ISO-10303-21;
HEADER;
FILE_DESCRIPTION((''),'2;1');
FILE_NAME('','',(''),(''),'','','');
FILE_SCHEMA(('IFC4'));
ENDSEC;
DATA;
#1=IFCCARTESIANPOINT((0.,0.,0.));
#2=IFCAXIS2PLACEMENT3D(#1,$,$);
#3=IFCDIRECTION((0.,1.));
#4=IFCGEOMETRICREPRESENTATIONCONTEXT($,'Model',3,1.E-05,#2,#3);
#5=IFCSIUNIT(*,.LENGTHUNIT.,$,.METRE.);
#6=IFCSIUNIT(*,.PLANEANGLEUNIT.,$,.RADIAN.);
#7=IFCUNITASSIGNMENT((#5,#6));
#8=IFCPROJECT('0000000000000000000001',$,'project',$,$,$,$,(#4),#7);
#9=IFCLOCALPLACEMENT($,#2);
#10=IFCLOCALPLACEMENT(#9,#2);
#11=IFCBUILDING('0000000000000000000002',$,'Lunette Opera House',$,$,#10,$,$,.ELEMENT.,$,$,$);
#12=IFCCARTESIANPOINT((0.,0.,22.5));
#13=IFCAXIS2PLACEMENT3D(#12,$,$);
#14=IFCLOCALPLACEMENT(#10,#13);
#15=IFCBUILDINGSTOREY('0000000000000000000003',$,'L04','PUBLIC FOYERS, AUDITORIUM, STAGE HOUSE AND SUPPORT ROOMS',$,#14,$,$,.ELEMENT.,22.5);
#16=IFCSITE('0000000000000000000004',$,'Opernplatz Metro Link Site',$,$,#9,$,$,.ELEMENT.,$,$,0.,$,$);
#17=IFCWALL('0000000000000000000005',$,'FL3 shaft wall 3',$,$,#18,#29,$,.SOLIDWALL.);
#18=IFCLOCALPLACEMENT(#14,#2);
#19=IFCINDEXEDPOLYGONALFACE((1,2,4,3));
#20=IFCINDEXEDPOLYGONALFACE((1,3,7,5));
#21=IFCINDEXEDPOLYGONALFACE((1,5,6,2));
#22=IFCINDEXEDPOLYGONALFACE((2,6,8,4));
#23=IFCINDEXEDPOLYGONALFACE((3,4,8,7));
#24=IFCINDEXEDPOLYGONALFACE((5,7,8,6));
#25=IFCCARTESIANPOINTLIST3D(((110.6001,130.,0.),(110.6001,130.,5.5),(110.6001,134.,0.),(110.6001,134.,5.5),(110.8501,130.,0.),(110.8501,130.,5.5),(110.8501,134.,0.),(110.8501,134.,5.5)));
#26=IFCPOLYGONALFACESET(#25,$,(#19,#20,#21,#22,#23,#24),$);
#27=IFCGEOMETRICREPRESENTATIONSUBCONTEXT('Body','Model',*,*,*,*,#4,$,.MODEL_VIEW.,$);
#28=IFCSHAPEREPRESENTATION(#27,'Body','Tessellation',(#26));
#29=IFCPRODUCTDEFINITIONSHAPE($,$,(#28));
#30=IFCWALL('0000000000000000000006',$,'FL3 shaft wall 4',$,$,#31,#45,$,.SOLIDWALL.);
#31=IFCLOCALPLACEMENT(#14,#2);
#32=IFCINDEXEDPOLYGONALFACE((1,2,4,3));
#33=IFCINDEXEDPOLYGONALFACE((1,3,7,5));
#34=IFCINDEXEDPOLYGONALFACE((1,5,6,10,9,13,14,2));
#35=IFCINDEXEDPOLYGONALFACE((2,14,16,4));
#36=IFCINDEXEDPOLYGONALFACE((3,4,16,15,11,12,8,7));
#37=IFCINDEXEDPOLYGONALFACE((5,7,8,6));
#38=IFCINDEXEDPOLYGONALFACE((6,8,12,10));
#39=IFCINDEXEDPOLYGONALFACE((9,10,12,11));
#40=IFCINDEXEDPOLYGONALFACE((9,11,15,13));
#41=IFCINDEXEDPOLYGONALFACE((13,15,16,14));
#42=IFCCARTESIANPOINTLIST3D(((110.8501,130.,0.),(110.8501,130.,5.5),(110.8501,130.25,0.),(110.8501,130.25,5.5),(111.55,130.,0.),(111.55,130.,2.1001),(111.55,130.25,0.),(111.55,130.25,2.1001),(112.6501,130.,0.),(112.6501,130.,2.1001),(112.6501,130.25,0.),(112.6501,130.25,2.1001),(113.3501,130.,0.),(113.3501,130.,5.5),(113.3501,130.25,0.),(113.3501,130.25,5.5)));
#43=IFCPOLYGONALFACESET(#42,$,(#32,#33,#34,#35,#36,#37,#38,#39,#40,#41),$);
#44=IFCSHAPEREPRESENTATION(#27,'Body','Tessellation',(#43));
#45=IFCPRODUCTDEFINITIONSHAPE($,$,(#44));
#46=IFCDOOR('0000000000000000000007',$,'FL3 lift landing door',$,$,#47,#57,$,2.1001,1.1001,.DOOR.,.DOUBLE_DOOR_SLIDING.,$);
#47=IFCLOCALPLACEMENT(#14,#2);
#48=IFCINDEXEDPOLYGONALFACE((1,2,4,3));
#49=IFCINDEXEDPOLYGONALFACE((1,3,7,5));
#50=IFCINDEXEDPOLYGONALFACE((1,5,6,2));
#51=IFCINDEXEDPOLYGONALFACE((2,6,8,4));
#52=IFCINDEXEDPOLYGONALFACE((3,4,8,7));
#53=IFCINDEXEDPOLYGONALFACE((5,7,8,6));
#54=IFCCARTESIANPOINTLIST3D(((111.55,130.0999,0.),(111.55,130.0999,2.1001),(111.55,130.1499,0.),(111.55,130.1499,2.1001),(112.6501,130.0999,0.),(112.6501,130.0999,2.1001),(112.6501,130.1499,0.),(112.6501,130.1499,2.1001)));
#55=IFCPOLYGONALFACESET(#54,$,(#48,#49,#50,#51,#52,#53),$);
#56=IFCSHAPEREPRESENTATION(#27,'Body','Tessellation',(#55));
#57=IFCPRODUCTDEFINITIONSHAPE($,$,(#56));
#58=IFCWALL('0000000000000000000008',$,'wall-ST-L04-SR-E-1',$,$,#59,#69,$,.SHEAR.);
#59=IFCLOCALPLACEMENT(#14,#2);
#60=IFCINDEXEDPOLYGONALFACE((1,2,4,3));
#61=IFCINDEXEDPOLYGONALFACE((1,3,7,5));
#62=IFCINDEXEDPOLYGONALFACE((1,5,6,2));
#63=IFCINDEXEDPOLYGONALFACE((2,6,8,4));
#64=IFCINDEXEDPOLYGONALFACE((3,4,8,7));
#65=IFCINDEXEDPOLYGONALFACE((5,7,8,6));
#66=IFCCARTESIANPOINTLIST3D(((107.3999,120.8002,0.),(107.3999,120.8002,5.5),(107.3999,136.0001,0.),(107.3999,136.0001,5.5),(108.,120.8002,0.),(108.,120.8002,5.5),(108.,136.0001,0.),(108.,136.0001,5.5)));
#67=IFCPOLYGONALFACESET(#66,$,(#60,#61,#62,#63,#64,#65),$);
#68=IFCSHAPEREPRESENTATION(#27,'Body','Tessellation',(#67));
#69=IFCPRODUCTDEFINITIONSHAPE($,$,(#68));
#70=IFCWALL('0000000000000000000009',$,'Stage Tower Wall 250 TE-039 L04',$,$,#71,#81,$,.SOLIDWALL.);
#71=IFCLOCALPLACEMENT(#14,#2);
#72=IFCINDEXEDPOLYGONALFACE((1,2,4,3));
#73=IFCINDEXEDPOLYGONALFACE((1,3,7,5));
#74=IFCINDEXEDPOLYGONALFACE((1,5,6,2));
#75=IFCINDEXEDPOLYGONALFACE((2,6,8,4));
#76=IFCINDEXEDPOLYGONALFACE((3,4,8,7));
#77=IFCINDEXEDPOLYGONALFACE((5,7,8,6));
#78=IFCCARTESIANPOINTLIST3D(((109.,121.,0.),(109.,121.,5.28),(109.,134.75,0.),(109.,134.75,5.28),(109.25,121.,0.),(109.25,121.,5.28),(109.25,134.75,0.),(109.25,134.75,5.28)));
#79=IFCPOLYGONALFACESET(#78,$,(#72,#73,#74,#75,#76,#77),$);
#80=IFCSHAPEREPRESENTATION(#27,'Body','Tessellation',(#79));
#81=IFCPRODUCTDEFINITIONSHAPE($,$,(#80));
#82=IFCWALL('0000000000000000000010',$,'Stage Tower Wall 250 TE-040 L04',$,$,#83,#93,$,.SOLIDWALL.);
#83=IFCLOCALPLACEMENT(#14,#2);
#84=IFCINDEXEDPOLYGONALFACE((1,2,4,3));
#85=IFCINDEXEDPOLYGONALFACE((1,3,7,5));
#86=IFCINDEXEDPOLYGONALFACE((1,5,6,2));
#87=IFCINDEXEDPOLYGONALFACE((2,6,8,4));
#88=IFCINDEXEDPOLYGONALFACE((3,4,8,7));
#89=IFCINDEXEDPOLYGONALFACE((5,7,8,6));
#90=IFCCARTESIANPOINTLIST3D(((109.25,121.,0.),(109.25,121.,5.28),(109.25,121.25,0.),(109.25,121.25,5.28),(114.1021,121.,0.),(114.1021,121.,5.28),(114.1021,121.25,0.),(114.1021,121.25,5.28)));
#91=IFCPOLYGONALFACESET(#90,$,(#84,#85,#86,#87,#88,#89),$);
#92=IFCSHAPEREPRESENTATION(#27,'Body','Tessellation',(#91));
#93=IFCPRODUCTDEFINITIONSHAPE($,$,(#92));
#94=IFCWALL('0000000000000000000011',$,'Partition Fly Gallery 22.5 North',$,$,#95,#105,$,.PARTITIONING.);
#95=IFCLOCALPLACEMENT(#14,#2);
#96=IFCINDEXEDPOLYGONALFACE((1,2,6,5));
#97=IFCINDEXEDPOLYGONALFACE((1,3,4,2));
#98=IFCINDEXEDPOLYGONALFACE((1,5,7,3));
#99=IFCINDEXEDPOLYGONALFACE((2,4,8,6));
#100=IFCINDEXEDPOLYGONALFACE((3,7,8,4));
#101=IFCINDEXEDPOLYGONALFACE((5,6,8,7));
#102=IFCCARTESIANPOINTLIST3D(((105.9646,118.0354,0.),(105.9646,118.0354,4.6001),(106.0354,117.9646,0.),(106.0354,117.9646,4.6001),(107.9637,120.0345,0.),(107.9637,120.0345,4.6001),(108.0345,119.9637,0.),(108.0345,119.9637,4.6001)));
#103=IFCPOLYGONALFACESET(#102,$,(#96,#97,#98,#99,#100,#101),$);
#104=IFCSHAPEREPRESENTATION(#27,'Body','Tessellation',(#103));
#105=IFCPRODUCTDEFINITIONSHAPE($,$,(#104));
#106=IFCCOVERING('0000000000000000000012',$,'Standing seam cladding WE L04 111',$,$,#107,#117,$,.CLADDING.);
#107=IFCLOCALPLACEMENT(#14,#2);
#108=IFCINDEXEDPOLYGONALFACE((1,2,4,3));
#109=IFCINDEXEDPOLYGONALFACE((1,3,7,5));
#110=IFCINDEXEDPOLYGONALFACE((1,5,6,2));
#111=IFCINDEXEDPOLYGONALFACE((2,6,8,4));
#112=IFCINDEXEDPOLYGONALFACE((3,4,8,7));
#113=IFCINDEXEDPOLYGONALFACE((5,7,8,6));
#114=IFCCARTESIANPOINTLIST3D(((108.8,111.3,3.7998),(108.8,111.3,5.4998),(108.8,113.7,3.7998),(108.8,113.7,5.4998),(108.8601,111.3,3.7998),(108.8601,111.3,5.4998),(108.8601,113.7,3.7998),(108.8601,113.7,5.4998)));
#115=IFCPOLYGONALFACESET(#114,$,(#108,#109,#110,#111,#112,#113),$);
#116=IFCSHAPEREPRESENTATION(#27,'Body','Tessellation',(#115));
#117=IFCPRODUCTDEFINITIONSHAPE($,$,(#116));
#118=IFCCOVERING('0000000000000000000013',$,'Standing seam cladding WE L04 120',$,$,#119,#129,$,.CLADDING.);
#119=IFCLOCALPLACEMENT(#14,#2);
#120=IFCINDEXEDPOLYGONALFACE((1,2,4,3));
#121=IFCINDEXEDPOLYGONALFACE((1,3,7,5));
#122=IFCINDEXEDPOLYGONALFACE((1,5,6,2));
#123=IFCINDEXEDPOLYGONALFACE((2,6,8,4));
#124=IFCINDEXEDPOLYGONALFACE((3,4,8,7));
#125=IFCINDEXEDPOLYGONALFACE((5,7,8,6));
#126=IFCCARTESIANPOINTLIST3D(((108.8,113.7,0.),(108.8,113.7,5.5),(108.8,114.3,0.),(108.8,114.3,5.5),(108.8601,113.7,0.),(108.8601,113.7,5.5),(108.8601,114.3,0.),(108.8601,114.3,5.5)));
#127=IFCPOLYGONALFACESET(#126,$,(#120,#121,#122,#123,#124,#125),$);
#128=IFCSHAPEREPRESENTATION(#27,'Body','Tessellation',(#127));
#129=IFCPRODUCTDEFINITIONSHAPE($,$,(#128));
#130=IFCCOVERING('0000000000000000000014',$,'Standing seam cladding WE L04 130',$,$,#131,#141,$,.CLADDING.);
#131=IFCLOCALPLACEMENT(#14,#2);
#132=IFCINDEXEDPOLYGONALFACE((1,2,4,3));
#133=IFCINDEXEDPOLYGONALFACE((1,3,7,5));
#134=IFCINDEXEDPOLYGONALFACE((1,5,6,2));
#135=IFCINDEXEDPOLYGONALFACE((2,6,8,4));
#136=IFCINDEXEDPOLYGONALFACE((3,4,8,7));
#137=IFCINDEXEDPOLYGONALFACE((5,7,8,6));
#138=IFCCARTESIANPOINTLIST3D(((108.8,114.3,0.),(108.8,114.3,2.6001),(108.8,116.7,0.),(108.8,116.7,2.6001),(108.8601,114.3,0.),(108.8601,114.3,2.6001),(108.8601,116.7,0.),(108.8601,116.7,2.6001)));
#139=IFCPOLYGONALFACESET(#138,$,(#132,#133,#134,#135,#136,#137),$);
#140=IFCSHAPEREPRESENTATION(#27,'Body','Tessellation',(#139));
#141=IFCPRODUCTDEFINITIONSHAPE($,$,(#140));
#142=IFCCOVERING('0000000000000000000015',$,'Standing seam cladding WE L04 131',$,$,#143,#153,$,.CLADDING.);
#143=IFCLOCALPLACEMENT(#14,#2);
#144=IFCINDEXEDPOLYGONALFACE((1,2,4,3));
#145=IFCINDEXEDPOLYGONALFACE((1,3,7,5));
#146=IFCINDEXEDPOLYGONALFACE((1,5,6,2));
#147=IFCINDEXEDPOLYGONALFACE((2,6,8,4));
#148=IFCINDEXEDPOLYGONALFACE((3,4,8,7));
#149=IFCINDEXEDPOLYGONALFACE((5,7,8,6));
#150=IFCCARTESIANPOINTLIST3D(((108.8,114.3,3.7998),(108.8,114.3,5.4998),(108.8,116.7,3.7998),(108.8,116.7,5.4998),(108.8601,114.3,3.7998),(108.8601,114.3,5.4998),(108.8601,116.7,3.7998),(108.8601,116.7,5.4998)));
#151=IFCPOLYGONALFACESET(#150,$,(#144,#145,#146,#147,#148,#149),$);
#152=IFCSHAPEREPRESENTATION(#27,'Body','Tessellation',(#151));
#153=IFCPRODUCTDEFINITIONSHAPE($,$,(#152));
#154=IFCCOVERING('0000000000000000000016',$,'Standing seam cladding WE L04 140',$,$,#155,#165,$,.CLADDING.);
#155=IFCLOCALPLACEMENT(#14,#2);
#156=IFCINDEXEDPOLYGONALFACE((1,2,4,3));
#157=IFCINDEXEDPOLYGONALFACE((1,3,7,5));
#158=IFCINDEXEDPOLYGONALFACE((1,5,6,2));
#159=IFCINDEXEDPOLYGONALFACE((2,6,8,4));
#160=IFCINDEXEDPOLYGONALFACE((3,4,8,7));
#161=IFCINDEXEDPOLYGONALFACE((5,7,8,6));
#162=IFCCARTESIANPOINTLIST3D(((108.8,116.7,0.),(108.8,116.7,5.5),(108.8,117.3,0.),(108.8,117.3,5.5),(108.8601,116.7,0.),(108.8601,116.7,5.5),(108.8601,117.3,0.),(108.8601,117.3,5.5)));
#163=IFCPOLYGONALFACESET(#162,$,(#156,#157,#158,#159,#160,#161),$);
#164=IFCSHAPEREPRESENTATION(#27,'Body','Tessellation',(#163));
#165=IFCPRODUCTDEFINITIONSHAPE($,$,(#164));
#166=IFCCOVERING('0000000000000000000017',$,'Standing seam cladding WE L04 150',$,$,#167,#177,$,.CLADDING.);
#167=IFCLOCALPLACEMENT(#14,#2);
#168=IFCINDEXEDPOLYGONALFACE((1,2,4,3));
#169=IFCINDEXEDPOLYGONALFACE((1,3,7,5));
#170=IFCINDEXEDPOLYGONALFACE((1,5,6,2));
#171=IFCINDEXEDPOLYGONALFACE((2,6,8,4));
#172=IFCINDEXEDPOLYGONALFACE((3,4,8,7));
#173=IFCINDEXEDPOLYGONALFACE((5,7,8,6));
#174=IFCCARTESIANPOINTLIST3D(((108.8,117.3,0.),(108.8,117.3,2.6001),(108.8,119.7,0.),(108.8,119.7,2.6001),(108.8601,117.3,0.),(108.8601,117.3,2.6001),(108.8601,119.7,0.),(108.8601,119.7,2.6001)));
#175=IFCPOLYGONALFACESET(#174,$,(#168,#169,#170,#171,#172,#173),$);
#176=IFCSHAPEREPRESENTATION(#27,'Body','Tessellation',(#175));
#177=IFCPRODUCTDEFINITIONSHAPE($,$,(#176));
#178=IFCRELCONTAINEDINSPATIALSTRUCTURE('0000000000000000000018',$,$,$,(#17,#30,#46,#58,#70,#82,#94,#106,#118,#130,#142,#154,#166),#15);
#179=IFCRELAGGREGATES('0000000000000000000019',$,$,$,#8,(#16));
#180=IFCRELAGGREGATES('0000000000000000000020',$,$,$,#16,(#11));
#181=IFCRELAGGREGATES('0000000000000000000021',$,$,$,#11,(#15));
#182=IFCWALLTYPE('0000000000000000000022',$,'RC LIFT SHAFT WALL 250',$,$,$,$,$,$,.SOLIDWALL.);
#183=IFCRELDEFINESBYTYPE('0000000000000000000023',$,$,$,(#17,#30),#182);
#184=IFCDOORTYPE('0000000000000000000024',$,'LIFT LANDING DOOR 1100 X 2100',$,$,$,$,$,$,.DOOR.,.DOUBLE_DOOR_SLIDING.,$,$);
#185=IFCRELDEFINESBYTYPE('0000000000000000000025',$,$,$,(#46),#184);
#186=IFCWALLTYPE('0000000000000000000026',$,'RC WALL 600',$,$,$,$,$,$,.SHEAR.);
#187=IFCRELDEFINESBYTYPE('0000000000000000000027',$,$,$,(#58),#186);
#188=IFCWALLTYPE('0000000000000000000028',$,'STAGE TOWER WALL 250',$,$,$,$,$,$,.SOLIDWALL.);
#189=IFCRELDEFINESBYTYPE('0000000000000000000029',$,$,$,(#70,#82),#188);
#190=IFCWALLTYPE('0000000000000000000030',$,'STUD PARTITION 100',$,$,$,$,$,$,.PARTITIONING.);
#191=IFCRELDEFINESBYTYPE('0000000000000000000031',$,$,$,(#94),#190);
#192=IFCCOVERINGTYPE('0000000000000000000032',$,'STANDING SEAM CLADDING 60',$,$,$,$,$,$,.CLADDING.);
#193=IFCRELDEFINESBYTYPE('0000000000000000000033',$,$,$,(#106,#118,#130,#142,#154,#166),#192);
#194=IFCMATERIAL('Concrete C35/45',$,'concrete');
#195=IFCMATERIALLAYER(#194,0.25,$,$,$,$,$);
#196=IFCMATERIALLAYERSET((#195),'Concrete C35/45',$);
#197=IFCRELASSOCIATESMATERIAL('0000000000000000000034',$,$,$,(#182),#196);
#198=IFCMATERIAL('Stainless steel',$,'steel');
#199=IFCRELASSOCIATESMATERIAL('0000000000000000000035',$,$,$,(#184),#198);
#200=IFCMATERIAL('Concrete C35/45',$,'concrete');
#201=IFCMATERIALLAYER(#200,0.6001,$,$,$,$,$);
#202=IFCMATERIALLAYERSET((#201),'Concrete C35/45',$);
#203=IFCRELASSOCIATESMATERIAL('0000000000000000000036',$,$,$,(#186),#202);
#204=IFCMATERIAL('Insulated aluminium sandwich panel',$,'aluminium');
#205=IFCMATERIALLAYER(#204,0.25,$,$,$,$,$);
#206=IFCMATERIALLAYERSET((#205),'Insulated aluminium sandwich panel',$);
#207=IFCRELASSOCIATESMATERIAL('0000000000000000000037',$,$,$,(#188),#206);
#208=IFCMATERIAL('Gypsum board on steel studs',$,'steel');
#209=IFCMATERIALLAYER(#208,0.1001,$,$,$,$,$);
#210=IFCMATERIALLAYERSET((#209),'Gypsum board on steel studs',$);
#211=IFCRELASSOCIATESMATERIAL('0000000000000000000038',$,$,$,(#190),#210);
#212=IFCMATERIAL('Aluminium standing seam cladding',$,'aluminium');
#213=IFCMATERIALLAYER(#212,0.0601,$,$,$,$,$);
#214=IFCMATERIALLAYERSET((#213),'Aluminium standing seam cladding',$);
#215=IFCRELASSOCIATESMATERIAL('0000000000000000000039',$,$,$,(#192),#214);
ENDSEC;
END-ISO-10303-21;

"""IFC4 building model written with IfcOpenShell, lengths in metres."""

from ifc_helpers import new_model, si_unit, direction, frame, frame_2d, origin, origin_2d, place, context, subcontext, project, spatial, rectangle, extrude, material, layer, layer_set, type_object, element, fill, save


model = new_model("IFC4")

# Units and contexts
model_context = context("Model", 3, precision=1e-05, world=origin(), true_north=direction((0.0, 1.0)))
body_context = subcontext(model_context, "Body", "Model", "MODEL_VIEW")
ifc_project = project(units=[si_unit("LENGTHUNIT", "METRE"), si_unit("PLANEANGLEUNIT", "RADIAN")], contexts=[model_context])

# Site, building, storey
site_placement = place(None, origin())
site = spatial("IfcSite", under=ifc_project, at=site_placement, Name="Opernplatz Metro Link Site", CompositionType="ELEMENT", RefElevation=0.0)
building_placement = place(site_placement, origin())
building = spatial("IfcBuilding", under=site, at=building_placement, Name="Lunette Opera House", CompositionType="ELEMENT")
storey_placement = place(building_placement, frame((0.0, 0.0, 22.5)))
storey = spatial("IfcBuildingStorey", under=building, at=storey_placement, Name="L04", Description="PUBLIC FOYERS, AUDITORIUM, STAGE HOUSE AND SUPPORT ROOMS", CompositionType="ELEMENT", Elevation=22.5)

# Wall
ifc_material_1 = material(Name="Concrete C35/45", Category="concrete")
ifc_layer_1 = layer(ifc_material_1, 0.25)
ifc_layer_set_1 = layer_set([ifc_layer_1], Name="Concrete C35/45")
wall_type_1 = type_object("IfcWallType", Name="RC LIFT SHAFT WALL 250", PredefinedType="SOLIDWALL", material=ifc_layer_set_1)
wall_1_placement = place(storey_placement, frame((110.7251, 134.0, 0.0), z_axis=(0.0, 0.0, 1.0), x_axis=(0.0, -1.0, 0.0)))
element("IfcWall", 1, at=wall_1_placement, inside=storey, type_object=wall_type_1, Name="FL3 shaft wall 3", PredefinedType="SOLIDWALL", context=body_context, shape_type="SweptSolid", body=[
    extrude(rectangle(XDim=4.0, YDim=0.25, at=frame_2d((2.0, 0.0))), origin(), (0.0, 0.0, 1.0), 5.5),
])

# Wall, opening, door
wall_2_placement = place(storey_placement, frame((110.8501, 130.125, 0.0), z_axis=(0.0, 0.0, 1.0), x_axis=(1.0, 0.0, 0.0)))
wall_2 = element("IfcWall", 2, at=wall_2_placement, inside=storey, type_object=wall_type_1, Name="FL3 shaft wall 4", PredefinedType="SOLIDWALL", context=body_context, shape_type="SweptSolid", body=[
    extrude(rectangle(XDim=2.5, YDim=0.25, at=frame_2d((1.25, 0.0))), origin(), (0.0, 0.0, 1.0), 5.5),
])
opening_1_placement = place(wall_2_placement, frame((0.7, 0.0, 0.0)))
opening_1 = element("IfcOpeningElement", 3, at=opening_1_placement, cuts=wall_2, PredefinedType="OPENING", context=body_context, shape_type="SweptSolid", body=[
    extrude(rectangle(XDim=1.1001, YDim=2.1001, at=frame_2d((0.55, 1.05))), frame((0.0, 0.137, 0.0), z_axis=(0.0, -1.0, 0.0), x_axis=(1.0, 0.0, 0.0)), (0.0, 0.0, 1.0), 0.2739),
])
ifc_material_2 = material(Name="Stainless steel", Category="steel")
door_type_1 = type_object("IfcDoorType", Name="LIFT LANDING DOOR 1100 X 2100", OperationType="DOUBLE_DOOR_SLIDING", PredefinedType="DOOR", material=ifc_material_2)
door_1_placement = place(opening_1_placement, origin())
door_1 = element("IfcDoor", 4, at=door_1_placement, inside=storey, type_object=door_type_1, Name="FL3 lift landing door", OperationType="DOUBLE_DOOR_SLIDING", OverallHeight=2.1001, OverallWidth=1.1001, PredefinedType="DOOR", context=body_context, shape_type="SweptSolid", body=[
    extrude(rectangle(XDim=1.1001, YDim=2.1001, at=frame_2d((0.55, 1.05))), frame((0.0, 0.0249, 0.0), z_axis=(0.0, -1.0, 0.0), x_axis=(1.0, 0.0, 0.0)), (0.0, 0.0, 1.0), 0.05),
])
fill(opening_1, door_1)

# Walls
ifc_material_3 = material(Name="Concrete C35/45", Category="concrete")
ifc_layer_2 = layer(ifc_material_3, 0.6001)
ifc_layer_set_2 = layer_set([ifc_layer_2], Name="Concrete C35/45")
wall_type_2 = type_object("IfcWallType", Name="RC WALL 600", PredefinedType="SHEAR", material=ifc_layer_set_2)
wall_3_placement = place(storey_placement, frame((107.7, 120.8, 0.0), z_axis=(0.0, 0.0, 1.0), x_axis=(0.0, 1.0, 0.0)))
element("IfcWall", 5, at=wall_3_placement, inside=storey, type_object=wall_type_2, Name="wall-ST-L04-SR-E-1", PredefinedType="SHEAR", context=body_context, shape_type="SweptSolid", body=[
    extrude(rectangle(XDim=15.2, YDim=0.6001, at=frame_2d((7.6001, 0.0))), origin(), (0.0, 0.0, 1.0), 5.5),
])
ifc_material_4 = material(Name="Insulated aluminium sandwich panel", Category="aluminium")
ifc_layer_3 = layer(ifc_material_4, 0.25)
ifc_layer_set_3 = layer_set([ifc_layer_3], Name="Insulated aluminium sandwich panel")
wall_type_3 = type_object("IfcWallType", Name="STAGE TOWER WALL 250", PredefinedType="SOLIDWALL", material=ifc_layer_set_3)
wall_4_placement = place(storey_placement, frame((109.125, 134.75, 0.0), z_axis=(0.0, 0.0, 1.0), x_axis=(0.0, -1.0, 0.0)))
element("IfcWall", 6, at=wall_4_placement, inside=storey, type_object=wall_type_3, Name="Stage Tower Wall 250 TE-039 L04", PredefinedType="SOLIDWALL", context=body_context, shape_type="SweptSolid", body=[
    extrude(rectangle(XDim=13.75, YDim=0.25, at=frame_2d((6.875, 0.0))), origin(), (0.0, 0.0, 1.0), 5.28),
])
wall_5_placement = place(storey_placement, frame((109.25, 121.125, 0.0), z_axis=(0.0, 0.0, 1.0), x_axis=(1.0, 0.0, 0.0)))
element("IfcWall", 7, at=wall_5_placement, inside=storey, type_object=wall_type_3, Name="Stage Tower Wall 250 TE-040 L04", PredefinedType="SOLIDWALL", context=body_context, shape_type="SweptSolid", body=[
    extrude(rectangle(XDim=4.8521, YDim=0.25, at=frame_2d((2.426, 0.0))), origin(), (0.0, 0.0, 1.0), 5.28),
])
ifc_material_5 = material(Name="Gypsum board on steel studs", Category="steel")
ifc_layer_4 = layer(ifc_material_5, 0.1001)
ifc_layer_set_4 = layer_set([ifc_layer_4], Name="Gypsum board on steel studs")
wall_type_4 = type_object("IfcWallType", Name="STUD PARTITION 100", PredefinedType="PARTITIONING", material=ifc_layer_set_4)
wall_6_placement = place(storey_placement, frame((106.0, 118.0, 0.0), z_axis=(0.0, 0.0, 1.0), x_axis=(0.707107, 0.707107, 0.0)))
element("IfcWall", 8, at=wall_6_placement, inside=storey, type_object=wall_type_4, Name="Partition Fly Gallery 22.5 North", PredefinedType="PARTITIONING", context=body_context, shape_type="SweptSolid", body=[
    extrude(rectangle(XDim=2.8271, YDim=0.1001, at=frame_2d((1.4136, 0.0))), origin(), (0.0, 0.0, 1.0), 4.6001),
])

# Coverings
ifc_material_6 = material(Name="Aluminium standing seam cladding", Category="aluminium")
ifc_layer_5 = layer(ifc_material_6, 0.0601)
ifc_layer_set_5 = layer_set([ifc_layer_5], Name="Aluminium standing seam cladding")
covering_type_1 = type_object("IfcCoveringType", Name="STANDING SEAM CLADDING 60", PredefinedType="CLADDING", material=ifc_layer_set_5)
covering_1_placement = place(storey_placement, frame((108.8301, 112.5, 3.7998), z_axis=(0.0, 0.0, 1.0), x_axis=(0.0, 1.0, 0.0)))
element("IfcCovering", 9, at=covering_1_placement, inside=storey, type_object=covering_type_1, Name="Standing seam cladding WE L04 111", PredefinedType="CLADDING", context=body_context, shape_type="SweptSolid", body=[
    extrude(rectangle(XDim=2.3999, YDim=0.0601, at=origin_2d()), origin(), (0.0, 0.0, 1.0), 1.7),
])
covering_2_placement = place(storey_placement, frame((108.8301, 114.0, 0.0), z_axis=(0.0, 0.0, 1.0), x_axis=(0.0, 1.0, 0.0)))
element("IfcCovering", 10, at=covering_2_placement, inside=storey, type_object=covering_type_1, Name="Standing seam cladding WE L04 120", PredefinedType="CLADDING", context=body_context, shape_type="SweptSolid", body=[
    extrude(rectangle(XDim=0.6001, YDim=0.0601, at=origin_2d()), origin(), (0.0, 0.0, 1.0), 5.5),
])
covering_3_placement = place(storey_placement, frame((108.8301, 115.5, 0.0), z_axis=(0.0, 0.0, 1.0), x_axis=(0.0, 1.0, 0.0)))
element("IfcCovering", 11, at=covering_3_placement, inside=storey, type_object=covering_type_1, Name="Standing seam cladding WE L04 130", PredefinedType="CLADDING", context=body_context, shape_type="SweptSolid", body=[
    extrude(rectangle(XDim=2.3999, YDim=0.0601, at=origin_2d()), origin(), (0.0, 0.0, 1.0), 2.6001),
])
covering_4_placement = place(storey_placement, frame((108.8301, 115.5, 3.7998), z_axis=(0.0, 0.0, 1.0), x_axis=(0.0, 1.0, 0.0)))
element("IfcCovering", 12, at=covering_4_placement, inside=storey, type_object=covering_type_1, Name="Standing seam cladding WE L04 131", PredefinedType="CLADDING", context=body_context, shape_type="SweptSolid", body=[
    extrude(rectangle(XDim=2.3999, YDim=0.0601, at=origin_2d()), origin(), (0.0, 0.0, 1.0), 1.7),
])
covering_5_placement = place(storey_placement, frame((108.8301, 117.0, 0.0), z_axis=(0.0, 0.0, 1.0), x_axis=(0.0, 1.0, 0.0)))
element("IfcCovering", 13, at=covering_5_placement, inside=storey, type_object=covering_type_1, Name="Standing seam cladding WE L04 140", PredefinedType="CLADDING", context=body_context, shape_type="SweptSolid", body=[
    extrude(rectangle(XDim=0.6001, YDim=0.0601, at=origin_2d()), origin(), (0.0, 0.0, 1.0), 5.5),
])
covering_6_placement = place(storey_placement, frame((108.8301, 118.5, 0.0), z_axis=(0.0, 0.0, 1.0), x_axis=(0.0, 1.0, 0.0)))
element("IfcCovering", 14, at=covering_6_placement, inside=storey, type_object=covering_type_1, Name="Standing seam cladding WE L04 150", PredefinedType="CLADDING", context=body_context, shape_type="SweptSolid", body=[
    extrude(rectangle(XDim=2.3999, YDim=0.0601, at=origin_2d()), origin(), (0.0, 0.0, 1.0), 2.6001),
])

save(model, "model.ifc")
